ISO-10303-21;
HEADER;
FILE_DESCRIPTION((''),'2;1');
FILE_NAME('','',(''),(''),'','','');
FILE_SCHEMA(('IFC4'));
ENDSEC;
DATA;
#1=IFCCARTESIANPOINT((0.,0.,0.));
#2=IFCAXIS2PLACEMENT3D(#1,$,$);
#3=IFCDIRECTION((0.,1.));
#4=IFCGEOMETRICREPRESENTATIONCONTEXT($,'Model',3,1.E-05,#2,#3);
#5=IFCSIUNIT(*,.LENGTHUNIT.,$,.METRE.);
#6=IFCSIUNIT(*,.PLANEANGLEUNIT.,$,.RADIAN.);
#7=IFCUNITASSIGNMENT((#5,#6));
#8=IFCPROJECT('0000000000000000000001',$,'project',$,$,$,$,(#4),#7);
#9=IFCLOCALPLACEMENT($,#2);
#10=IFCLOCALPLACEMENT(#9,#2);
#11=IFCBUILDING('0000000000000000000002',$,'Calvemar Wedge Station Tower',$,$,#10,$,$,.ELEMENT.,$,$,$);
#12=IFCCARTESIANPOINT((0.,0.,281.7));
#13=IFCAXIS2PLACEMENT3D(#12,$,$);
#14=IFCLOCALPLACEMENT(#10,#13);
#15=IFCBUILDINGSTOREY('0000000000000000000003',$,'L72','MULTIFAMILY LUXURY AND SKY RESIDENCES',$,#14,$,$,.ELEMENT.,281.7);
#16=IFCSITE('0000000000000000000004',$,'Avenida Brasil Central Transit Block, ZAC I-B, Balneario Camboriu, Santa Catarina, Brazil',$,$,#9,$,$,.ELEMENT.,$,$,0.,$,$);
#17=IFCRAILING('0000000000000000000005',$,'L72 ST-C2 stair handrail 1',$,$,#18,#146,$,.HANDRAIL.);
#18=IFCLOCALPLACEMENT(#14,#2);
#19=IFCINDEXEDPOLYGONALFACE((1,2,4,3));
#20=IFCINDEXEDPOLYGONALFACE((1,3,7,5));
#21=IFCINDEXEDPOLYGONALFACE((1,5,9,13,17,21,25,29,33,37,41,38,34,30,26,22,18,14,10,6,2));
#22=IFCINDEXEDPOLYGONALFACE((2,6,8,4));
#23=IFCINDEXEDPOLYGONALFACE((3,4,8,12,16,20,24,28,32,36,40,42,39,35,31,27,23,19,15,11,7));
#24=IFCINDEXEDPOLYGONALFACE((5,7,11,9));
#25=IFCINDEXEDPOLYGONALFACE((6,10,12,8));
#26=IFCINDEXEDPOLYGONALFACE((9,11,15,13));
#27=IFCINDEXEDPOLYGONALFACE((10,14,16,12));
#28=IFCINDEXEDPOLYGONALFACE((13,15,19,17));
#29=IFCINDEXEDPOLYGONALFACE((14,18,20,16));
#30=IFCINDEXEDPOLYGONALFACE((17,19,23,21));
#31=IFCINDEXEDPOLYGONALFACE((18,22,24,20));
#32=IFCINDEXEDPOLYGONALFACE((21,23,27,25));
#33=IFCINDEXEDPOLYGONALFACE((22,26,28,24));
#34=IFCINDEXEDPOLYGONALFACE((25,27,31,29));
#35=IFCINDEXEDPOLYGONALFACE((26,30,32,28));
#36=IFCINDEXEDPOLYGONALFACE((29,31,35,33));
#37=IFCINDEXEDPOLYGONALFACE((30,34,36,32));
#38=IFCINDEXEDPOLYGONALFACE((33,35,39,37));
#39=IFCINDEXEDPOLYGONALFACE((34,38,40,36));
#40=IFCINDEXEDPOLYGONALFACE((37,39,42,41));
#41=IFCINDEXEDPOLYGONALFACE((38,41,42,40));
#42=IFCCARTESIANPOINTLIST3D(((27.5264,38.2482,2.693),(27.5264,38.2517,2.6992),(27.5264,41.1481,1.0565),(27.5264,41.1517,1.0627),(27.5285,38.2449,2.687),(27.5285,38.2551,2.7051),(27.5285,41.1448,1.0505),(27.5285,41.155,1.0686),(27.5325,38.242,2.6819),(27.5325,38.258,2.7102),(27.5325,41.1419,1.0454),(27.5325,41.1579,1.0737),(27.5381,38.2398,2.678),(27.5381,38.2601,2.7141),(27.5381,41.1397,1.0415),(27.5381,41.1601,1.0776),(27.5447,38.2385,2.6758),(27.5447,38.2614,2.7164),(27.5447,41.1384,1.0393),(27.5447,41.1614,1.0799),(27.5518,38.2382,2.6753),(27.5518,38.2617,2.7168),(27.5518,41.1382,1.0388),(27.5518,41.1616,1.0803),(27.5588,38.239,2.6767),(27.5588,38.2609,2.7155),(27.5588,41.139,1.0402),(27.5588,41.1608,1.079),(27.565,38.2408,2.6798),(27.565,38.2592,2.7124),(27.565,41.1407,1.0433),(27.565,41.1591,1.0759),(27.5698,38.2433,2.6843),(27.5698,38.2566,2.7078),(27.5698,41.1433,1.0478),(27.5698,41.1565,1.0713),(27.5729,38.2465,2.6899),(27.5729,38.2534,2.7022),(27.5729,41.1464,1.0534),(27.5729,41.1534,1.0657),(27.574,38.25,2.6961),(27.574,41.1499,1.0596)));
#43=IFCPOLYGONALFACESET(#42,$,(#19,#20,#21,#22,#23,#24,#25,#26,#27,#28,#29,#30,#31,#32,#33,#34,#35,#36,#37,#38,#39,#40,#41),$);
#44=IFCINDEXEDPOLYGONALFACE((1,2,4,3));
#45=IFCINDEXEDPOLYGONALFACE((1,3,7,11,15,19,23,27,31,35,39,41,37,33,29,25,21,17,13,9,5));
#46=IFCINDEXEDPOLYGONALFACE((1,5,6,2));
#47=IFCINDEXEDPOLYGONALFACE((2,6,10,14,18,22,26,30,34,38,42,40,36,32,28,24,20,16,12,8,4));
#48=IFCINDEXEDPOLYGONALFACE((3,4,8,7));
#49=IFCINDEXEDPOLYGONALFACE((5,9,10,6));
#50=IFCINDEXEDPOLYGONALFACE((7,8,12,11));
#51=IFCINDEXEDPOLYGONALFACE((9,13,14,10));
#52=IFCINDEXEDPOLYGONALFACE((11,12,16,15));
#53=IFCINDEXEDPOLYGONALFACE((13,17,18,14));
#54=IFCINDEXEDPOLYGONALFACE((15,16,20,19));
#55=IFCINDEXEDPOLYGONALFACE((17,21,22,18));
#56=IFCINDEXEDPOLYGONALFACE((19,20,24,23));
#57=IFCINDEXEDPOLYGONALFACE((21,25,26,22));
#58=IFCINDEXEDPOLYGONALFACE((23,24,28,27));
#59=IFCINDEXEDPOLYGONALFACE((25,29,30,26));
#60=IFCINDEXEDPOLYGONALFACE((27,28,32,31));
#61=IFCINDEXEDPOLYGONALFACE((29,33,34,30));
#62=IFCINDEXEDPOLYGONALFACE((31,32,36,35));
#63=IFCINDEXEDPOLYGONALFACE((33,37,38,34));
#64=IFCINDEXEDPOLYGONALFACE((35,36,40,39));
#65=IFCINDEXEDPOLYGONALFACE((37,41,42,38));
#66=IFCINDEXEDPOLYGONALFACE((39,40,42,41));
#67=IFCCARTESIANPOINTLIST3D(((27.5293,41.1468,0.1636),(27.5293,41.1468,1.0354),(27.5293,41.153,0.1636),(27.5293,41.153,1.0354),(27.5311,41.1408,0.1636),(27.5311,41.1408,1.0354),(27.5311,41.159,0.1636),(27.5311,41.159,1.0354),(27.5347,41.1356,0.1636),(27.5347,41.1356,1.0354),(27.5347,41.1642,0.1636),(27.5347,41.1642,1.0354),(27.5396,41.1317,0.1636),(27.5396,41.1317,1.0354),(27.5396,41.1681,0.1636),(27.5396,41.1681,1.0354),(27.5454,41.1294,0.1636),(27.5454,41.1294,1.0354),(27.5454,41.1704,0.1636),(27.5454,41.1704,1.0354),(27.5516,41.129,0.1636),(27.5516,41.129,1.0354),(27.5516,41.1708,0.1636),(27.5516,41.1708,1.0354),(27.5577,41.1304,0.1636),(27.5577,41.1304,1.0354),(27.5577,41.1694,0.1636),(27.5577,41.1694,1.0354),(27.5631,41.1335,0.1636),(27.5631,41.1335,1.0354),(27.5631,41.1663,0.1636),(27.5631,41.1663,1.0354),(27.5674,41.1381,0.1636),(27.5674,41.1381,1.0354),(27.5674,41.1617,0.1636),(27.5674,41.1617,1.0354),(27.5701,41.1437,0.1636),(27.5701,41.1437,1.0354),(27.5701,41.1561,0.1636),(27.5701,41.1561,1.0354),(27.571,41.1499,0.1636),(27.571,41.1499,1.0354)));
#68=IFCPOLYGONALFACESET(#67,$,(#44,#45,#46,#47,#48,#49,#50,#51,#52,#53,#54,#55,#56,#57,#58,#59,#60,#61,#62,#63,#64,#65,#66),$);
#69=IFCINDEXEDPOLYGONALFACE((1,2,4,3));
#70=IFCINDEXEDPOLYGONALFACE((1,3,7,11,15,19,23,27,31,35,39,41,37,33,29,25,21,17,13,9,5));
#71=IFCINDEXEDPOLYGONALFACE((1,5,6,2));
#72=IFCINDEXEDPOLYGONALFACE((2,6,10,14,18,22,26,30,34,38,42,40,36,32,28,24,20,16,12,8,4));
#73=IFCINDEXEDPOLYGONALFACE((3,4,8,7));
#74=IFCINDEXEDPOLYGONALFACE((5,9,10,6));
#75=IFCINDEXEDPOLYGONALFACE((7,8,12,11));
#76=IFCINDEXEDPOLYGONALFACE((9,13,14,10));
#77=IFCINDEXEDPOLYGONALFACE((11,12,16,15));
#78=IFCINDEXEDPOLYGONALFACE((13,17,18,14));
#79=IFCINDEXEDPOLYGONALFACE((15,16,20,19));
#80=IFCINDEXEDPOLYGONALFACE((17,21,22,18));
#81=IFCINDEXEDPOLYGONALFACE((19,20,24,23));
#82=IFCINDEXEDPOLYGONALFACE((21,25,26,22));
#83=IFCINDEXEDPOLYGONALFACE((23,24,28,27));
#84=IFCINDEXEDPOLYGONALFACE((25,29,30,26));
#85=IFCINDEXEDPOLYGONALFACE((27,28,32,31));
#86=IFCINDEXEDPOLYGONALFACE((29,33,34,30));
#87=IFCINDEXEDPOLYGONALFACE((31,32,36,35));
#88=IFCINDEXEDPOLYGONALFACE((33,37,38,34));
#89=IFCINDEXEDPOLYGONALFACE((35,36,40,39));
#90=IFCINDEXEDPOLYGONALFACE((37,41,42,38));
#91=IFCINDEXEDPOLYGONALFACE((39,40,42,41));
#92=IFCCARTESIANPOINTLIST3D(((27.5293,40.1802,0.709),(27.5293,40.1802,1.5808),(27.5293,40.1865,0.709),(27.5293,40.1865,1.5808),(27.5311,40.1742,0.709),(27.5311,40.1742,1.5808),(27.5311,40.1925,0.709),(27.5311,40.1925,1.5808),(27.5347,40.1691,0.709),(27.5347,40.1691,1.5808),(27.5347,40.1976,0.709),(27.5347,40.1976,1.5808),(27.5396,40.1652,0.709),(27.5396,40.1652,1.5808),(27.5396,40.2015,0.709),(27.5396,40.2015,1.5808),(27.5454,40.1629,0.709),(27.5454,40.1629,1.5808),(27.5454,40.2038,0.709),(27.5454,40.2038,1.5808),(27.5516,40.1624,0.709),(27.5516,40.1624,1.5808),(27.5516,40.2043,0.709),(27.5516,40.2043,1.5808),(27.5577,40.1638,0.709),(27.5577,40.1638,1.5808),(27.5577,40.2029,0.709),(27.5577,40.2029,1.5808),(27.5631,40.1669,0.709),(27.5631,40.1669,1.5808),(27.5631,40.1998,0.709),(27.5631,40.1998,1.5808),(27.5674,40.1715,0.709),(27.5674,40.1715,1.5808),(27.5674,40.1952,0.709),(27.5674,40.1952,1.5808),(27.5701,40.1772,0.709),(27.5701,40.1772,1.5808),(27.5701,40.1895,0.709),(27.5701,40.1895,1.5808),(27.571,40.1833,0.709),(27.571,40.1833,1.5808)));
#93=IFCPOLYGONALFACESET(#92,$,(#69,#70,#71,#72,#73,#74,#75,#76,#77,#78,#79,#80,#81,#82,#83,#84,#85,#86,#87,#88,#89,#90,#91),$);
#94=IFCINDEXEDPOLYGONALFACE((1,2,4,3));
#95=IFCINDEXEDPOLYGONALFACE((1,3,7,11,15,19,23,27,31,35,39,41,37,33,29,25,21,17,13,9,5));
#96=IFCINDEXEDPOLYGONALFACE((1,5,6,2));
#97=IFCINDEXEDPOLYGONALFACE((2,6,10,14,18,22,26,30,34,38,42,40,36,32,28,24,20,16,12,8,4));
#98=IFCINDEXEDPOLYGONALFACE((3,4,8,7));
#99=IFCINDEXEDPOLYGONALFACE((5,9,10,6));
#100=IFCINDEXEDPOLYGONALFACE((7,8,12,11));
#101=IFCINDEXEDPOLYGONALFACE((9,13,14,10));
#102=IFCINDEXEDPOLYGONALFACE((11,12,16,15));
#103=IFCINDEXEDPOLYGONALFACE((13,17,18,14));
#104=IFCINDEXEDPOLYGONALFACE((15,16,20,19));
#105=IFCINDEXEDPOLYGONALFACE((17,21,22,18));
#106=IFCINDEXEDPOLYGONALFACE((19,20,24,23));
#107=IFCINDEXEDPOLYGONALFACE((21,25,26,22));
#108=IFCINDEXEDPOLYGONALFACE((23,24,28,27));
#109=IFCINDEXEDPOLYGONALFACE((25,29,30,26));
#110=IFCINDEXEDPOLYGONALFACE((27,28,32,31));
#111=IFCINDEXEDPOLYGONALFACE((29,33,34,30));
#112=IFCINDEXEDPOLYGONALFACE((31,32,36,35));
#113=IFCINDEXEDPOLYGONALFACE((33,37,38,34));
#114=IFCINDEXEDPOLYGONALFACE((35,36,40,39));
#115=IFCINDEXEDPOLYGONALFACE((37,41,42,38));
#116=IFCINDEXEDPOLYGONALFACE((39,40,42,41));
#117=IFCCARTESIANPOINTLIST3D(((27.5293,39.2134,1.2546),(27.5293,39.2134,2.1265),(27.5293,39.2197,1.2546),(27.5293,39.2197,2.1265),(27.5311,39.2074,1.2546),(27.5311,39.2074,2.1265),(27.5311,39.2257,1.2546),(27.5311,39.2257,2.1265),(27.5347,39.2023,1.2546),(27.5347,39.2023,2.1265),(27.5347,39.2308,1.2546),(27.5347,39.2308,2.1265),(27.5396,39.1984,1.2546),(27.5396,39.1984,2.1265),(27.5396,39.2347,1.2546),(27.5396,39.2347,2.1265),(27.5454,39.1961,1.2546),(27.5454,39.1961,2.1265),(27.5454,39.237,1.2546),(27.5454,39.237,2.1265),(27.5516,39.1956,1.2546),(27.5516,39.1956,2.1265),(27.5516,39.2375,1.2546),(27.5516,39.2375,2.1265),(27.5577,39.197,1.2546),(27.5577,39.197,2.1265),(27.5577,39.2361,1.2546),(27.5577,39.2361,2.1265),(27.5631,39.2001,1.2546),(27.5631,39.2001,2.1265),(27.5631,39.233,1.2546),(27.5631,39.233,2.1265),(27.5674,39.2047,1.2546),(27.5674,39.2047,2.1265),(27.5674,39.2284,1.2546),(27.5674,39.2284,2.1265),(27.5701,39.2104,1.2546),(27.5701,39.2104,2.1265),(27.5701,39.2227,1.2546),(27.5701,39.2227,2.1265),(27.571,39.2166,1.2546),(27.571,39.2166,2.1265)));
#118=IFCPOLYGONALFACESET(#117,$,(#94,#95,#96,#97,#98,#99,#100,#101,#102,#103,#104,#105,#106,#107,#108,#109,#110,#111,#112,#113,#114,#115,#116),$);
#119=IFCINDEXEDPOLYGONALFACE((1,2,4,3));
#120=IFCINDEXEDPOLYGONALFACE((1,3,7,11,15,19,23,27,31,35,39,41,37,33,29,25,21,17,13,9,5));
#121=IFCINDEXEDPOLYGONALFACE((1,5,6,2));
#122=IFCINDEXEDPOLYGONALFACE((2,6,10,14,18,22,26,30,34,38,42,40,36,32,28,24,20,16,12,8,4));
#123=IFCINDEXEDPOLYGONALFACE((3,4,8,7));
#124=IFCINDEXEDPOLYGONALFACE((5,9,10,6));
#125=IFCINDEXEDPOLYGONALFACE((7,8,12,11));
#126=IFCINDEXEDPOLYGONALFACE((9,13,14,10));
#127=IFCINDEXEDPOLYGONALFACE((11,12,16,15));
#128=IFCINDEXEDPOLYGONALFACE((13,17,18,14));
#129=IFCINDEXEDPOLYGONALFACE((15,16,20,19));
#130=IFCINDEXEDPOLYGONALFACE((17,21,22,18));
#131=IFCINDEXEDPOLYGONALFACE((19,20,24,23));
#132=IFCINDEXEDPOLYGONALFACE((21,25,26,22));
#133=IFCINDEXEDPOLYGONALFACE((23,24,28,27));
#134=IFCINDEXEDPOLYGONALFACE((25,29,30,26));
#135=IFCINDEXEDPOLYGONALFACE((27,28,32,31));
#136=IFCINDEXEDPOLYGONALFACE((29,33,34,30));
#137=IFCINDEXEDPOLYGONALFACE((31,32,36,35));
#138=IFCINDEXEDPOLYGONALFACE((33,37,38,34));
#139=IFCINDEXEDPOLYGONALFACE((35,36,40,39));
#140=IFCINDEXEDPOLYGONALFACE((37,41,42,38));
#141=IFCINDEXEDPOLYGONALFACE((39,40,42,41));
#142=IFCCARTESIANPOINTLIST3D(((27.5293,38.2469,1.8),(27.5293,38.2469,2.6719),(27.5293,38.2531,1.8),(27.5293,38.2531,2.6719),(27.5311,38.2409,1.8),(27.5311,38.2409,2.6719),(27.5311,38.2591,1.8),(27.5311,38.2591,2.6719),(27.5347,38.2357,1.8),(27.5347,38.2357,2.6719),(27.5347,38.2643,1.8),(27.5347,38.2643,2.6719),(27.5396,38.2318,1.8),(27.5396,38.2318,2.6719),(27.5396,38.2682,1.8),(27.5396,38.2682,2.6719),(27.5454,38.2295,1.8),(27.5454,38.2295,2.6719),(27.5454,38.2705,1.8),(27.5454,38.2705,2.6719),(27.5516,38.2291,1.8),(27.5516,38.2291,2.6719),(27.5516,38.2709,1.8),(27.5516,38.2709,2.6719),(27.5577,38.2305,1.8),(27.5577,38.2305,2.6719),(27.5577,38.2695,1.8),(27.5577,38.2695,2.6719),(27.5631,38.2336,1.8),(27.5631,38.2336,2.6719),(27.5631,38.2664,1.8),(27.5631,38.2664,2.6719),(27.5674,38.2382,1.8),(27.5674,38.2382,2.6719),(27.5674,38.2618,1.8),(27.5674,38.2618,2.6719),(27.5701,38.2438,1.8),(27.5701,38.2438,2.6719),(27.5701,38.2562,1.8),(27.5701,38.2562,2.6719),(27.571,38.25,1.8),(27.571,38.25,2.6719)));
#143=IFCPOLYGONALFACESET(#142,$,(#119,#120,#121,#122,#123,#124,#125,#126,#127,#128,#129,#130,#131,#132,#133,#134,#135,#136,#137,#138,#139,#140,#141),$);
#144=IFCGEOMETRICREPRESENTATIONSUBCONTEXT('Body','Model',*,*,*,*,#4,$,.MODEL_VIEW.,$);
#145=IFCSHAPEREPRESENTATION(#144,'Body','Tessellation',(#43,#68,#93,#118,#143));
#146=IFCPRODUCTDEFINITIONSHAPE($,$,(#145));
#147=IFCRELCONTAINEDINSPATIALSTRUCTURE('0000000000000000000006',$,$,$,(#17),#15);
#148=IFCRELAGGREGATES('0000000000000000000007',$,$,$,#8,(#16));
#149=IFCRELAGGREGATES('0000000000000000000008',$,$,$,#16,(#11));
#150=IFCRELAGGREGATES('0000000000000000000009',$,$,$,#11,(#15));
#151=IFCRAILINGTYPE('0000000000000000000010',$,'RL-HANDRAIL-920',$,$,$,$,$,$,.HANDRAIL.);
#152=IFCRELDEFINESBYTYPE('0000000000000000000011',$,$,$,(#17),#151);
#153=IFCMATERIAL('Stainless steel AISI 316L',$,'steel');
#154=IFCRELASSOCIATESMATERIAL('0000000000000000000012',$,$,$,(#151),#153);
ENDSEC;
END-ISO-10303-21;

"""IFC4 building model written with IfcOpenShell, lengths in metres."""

from ifc_helpers import new_model, si_unit, direction, frame, origin, origin_2d, place, context, subcontext, project, spatial, circle, extrude, material, type_object, element, save


model = new_model("IFC4")

# Units and contexts
model_context = context("Model", 3, precision=1e-05, world=origin(), true_north=direction((0.0, 1.0)))
body_context = subcontext(model_context, "Body", "Model", "MODEL_VIEW")
ifc_project = project(units=[si_unit("LENGTHUNIT", "METRE"), si_unit("PLANEANGLEUNIT", "RADIAN")], contexts=[model_context])

# Site, building, storey
site_placement = place(None, origin())
site = spatial("IfcSite", under=ifc_project, at=site_placement, Name="Avenida Brasil Central Transit Block, ZAC I-B, Balneario Camboriu, Santa Catarina, Brazil", CompositionType="ELEMENT", RefElevation=0.0)
building_placement = place(site_placement, origin())
building = spatial("IfcBuilding", under=site, at=building_placement, Name="Calvemar Wedge Station Tower", CompositionType="ELEMENT")
storey_placement = place(building_placement, frame((0.0, 0.0, 281.7)))
storey = spatial("IfcBuildingStorey", under=building, at=storey_placement, Name="L72", Description="MULTIFAMILY LUXURY AND SKY RESIDENCES", CompositionType="ELEMENT", Elevation=281.7)

# Railing
ifc_material_1 = material(Name="Stainless steel AISI 316L", Category="steel")
railing_type_1 = type_object("IfcRailingType", Name="RL-HANDRAIL-920", PredefinedType="HANDRAIL", material=ifc_material_1)
railing_1_placement = place(storey_placement, frame((27.55, 41.1499, 0.1636)))
element("IfcRailing", 1, at=railing_1_placement, inside=storey, type_object=railing_type_1, Name="L72 ST-C2 stair handrail 1", PredefinedType="HANDRAIL", context=body_context, shape_type="SweptSolid", body=[
    extrude(circle(Radius=0.0239, at=origin_2d()), frame((0.0, 0.0, 0.896), z_axis=(0.0, -0.870897, 0.491465), x_axis=(1.0, 0.0, 0.0)), (0.0, 0.0, 1.0), 3.3298),
    extrude(circle(Radius=0.021, at=origin_2d()), origin(), (0.0, 0.0, 1.0), 0.8718),
    extrude(circle(Radius=0.021, at=origin_2d()), frame((0.0, -0.9666, 0.5454)), (0.0, 0.0, 1.0), 0.8718),
    extrude(circle(Radius=0.021, at=origin_2d()), frame((0.0, -1.9333, 1.0911)), (0.0, 0.0, 1.0), 0.8718),
    extrude(circle(Radius=0.021, at=origin_2d()), frame((0.0, -2.8999, 1.6365)), (0.0, 0.0, 1.0), 0.8718),
])

save(model, "model.ifc")
